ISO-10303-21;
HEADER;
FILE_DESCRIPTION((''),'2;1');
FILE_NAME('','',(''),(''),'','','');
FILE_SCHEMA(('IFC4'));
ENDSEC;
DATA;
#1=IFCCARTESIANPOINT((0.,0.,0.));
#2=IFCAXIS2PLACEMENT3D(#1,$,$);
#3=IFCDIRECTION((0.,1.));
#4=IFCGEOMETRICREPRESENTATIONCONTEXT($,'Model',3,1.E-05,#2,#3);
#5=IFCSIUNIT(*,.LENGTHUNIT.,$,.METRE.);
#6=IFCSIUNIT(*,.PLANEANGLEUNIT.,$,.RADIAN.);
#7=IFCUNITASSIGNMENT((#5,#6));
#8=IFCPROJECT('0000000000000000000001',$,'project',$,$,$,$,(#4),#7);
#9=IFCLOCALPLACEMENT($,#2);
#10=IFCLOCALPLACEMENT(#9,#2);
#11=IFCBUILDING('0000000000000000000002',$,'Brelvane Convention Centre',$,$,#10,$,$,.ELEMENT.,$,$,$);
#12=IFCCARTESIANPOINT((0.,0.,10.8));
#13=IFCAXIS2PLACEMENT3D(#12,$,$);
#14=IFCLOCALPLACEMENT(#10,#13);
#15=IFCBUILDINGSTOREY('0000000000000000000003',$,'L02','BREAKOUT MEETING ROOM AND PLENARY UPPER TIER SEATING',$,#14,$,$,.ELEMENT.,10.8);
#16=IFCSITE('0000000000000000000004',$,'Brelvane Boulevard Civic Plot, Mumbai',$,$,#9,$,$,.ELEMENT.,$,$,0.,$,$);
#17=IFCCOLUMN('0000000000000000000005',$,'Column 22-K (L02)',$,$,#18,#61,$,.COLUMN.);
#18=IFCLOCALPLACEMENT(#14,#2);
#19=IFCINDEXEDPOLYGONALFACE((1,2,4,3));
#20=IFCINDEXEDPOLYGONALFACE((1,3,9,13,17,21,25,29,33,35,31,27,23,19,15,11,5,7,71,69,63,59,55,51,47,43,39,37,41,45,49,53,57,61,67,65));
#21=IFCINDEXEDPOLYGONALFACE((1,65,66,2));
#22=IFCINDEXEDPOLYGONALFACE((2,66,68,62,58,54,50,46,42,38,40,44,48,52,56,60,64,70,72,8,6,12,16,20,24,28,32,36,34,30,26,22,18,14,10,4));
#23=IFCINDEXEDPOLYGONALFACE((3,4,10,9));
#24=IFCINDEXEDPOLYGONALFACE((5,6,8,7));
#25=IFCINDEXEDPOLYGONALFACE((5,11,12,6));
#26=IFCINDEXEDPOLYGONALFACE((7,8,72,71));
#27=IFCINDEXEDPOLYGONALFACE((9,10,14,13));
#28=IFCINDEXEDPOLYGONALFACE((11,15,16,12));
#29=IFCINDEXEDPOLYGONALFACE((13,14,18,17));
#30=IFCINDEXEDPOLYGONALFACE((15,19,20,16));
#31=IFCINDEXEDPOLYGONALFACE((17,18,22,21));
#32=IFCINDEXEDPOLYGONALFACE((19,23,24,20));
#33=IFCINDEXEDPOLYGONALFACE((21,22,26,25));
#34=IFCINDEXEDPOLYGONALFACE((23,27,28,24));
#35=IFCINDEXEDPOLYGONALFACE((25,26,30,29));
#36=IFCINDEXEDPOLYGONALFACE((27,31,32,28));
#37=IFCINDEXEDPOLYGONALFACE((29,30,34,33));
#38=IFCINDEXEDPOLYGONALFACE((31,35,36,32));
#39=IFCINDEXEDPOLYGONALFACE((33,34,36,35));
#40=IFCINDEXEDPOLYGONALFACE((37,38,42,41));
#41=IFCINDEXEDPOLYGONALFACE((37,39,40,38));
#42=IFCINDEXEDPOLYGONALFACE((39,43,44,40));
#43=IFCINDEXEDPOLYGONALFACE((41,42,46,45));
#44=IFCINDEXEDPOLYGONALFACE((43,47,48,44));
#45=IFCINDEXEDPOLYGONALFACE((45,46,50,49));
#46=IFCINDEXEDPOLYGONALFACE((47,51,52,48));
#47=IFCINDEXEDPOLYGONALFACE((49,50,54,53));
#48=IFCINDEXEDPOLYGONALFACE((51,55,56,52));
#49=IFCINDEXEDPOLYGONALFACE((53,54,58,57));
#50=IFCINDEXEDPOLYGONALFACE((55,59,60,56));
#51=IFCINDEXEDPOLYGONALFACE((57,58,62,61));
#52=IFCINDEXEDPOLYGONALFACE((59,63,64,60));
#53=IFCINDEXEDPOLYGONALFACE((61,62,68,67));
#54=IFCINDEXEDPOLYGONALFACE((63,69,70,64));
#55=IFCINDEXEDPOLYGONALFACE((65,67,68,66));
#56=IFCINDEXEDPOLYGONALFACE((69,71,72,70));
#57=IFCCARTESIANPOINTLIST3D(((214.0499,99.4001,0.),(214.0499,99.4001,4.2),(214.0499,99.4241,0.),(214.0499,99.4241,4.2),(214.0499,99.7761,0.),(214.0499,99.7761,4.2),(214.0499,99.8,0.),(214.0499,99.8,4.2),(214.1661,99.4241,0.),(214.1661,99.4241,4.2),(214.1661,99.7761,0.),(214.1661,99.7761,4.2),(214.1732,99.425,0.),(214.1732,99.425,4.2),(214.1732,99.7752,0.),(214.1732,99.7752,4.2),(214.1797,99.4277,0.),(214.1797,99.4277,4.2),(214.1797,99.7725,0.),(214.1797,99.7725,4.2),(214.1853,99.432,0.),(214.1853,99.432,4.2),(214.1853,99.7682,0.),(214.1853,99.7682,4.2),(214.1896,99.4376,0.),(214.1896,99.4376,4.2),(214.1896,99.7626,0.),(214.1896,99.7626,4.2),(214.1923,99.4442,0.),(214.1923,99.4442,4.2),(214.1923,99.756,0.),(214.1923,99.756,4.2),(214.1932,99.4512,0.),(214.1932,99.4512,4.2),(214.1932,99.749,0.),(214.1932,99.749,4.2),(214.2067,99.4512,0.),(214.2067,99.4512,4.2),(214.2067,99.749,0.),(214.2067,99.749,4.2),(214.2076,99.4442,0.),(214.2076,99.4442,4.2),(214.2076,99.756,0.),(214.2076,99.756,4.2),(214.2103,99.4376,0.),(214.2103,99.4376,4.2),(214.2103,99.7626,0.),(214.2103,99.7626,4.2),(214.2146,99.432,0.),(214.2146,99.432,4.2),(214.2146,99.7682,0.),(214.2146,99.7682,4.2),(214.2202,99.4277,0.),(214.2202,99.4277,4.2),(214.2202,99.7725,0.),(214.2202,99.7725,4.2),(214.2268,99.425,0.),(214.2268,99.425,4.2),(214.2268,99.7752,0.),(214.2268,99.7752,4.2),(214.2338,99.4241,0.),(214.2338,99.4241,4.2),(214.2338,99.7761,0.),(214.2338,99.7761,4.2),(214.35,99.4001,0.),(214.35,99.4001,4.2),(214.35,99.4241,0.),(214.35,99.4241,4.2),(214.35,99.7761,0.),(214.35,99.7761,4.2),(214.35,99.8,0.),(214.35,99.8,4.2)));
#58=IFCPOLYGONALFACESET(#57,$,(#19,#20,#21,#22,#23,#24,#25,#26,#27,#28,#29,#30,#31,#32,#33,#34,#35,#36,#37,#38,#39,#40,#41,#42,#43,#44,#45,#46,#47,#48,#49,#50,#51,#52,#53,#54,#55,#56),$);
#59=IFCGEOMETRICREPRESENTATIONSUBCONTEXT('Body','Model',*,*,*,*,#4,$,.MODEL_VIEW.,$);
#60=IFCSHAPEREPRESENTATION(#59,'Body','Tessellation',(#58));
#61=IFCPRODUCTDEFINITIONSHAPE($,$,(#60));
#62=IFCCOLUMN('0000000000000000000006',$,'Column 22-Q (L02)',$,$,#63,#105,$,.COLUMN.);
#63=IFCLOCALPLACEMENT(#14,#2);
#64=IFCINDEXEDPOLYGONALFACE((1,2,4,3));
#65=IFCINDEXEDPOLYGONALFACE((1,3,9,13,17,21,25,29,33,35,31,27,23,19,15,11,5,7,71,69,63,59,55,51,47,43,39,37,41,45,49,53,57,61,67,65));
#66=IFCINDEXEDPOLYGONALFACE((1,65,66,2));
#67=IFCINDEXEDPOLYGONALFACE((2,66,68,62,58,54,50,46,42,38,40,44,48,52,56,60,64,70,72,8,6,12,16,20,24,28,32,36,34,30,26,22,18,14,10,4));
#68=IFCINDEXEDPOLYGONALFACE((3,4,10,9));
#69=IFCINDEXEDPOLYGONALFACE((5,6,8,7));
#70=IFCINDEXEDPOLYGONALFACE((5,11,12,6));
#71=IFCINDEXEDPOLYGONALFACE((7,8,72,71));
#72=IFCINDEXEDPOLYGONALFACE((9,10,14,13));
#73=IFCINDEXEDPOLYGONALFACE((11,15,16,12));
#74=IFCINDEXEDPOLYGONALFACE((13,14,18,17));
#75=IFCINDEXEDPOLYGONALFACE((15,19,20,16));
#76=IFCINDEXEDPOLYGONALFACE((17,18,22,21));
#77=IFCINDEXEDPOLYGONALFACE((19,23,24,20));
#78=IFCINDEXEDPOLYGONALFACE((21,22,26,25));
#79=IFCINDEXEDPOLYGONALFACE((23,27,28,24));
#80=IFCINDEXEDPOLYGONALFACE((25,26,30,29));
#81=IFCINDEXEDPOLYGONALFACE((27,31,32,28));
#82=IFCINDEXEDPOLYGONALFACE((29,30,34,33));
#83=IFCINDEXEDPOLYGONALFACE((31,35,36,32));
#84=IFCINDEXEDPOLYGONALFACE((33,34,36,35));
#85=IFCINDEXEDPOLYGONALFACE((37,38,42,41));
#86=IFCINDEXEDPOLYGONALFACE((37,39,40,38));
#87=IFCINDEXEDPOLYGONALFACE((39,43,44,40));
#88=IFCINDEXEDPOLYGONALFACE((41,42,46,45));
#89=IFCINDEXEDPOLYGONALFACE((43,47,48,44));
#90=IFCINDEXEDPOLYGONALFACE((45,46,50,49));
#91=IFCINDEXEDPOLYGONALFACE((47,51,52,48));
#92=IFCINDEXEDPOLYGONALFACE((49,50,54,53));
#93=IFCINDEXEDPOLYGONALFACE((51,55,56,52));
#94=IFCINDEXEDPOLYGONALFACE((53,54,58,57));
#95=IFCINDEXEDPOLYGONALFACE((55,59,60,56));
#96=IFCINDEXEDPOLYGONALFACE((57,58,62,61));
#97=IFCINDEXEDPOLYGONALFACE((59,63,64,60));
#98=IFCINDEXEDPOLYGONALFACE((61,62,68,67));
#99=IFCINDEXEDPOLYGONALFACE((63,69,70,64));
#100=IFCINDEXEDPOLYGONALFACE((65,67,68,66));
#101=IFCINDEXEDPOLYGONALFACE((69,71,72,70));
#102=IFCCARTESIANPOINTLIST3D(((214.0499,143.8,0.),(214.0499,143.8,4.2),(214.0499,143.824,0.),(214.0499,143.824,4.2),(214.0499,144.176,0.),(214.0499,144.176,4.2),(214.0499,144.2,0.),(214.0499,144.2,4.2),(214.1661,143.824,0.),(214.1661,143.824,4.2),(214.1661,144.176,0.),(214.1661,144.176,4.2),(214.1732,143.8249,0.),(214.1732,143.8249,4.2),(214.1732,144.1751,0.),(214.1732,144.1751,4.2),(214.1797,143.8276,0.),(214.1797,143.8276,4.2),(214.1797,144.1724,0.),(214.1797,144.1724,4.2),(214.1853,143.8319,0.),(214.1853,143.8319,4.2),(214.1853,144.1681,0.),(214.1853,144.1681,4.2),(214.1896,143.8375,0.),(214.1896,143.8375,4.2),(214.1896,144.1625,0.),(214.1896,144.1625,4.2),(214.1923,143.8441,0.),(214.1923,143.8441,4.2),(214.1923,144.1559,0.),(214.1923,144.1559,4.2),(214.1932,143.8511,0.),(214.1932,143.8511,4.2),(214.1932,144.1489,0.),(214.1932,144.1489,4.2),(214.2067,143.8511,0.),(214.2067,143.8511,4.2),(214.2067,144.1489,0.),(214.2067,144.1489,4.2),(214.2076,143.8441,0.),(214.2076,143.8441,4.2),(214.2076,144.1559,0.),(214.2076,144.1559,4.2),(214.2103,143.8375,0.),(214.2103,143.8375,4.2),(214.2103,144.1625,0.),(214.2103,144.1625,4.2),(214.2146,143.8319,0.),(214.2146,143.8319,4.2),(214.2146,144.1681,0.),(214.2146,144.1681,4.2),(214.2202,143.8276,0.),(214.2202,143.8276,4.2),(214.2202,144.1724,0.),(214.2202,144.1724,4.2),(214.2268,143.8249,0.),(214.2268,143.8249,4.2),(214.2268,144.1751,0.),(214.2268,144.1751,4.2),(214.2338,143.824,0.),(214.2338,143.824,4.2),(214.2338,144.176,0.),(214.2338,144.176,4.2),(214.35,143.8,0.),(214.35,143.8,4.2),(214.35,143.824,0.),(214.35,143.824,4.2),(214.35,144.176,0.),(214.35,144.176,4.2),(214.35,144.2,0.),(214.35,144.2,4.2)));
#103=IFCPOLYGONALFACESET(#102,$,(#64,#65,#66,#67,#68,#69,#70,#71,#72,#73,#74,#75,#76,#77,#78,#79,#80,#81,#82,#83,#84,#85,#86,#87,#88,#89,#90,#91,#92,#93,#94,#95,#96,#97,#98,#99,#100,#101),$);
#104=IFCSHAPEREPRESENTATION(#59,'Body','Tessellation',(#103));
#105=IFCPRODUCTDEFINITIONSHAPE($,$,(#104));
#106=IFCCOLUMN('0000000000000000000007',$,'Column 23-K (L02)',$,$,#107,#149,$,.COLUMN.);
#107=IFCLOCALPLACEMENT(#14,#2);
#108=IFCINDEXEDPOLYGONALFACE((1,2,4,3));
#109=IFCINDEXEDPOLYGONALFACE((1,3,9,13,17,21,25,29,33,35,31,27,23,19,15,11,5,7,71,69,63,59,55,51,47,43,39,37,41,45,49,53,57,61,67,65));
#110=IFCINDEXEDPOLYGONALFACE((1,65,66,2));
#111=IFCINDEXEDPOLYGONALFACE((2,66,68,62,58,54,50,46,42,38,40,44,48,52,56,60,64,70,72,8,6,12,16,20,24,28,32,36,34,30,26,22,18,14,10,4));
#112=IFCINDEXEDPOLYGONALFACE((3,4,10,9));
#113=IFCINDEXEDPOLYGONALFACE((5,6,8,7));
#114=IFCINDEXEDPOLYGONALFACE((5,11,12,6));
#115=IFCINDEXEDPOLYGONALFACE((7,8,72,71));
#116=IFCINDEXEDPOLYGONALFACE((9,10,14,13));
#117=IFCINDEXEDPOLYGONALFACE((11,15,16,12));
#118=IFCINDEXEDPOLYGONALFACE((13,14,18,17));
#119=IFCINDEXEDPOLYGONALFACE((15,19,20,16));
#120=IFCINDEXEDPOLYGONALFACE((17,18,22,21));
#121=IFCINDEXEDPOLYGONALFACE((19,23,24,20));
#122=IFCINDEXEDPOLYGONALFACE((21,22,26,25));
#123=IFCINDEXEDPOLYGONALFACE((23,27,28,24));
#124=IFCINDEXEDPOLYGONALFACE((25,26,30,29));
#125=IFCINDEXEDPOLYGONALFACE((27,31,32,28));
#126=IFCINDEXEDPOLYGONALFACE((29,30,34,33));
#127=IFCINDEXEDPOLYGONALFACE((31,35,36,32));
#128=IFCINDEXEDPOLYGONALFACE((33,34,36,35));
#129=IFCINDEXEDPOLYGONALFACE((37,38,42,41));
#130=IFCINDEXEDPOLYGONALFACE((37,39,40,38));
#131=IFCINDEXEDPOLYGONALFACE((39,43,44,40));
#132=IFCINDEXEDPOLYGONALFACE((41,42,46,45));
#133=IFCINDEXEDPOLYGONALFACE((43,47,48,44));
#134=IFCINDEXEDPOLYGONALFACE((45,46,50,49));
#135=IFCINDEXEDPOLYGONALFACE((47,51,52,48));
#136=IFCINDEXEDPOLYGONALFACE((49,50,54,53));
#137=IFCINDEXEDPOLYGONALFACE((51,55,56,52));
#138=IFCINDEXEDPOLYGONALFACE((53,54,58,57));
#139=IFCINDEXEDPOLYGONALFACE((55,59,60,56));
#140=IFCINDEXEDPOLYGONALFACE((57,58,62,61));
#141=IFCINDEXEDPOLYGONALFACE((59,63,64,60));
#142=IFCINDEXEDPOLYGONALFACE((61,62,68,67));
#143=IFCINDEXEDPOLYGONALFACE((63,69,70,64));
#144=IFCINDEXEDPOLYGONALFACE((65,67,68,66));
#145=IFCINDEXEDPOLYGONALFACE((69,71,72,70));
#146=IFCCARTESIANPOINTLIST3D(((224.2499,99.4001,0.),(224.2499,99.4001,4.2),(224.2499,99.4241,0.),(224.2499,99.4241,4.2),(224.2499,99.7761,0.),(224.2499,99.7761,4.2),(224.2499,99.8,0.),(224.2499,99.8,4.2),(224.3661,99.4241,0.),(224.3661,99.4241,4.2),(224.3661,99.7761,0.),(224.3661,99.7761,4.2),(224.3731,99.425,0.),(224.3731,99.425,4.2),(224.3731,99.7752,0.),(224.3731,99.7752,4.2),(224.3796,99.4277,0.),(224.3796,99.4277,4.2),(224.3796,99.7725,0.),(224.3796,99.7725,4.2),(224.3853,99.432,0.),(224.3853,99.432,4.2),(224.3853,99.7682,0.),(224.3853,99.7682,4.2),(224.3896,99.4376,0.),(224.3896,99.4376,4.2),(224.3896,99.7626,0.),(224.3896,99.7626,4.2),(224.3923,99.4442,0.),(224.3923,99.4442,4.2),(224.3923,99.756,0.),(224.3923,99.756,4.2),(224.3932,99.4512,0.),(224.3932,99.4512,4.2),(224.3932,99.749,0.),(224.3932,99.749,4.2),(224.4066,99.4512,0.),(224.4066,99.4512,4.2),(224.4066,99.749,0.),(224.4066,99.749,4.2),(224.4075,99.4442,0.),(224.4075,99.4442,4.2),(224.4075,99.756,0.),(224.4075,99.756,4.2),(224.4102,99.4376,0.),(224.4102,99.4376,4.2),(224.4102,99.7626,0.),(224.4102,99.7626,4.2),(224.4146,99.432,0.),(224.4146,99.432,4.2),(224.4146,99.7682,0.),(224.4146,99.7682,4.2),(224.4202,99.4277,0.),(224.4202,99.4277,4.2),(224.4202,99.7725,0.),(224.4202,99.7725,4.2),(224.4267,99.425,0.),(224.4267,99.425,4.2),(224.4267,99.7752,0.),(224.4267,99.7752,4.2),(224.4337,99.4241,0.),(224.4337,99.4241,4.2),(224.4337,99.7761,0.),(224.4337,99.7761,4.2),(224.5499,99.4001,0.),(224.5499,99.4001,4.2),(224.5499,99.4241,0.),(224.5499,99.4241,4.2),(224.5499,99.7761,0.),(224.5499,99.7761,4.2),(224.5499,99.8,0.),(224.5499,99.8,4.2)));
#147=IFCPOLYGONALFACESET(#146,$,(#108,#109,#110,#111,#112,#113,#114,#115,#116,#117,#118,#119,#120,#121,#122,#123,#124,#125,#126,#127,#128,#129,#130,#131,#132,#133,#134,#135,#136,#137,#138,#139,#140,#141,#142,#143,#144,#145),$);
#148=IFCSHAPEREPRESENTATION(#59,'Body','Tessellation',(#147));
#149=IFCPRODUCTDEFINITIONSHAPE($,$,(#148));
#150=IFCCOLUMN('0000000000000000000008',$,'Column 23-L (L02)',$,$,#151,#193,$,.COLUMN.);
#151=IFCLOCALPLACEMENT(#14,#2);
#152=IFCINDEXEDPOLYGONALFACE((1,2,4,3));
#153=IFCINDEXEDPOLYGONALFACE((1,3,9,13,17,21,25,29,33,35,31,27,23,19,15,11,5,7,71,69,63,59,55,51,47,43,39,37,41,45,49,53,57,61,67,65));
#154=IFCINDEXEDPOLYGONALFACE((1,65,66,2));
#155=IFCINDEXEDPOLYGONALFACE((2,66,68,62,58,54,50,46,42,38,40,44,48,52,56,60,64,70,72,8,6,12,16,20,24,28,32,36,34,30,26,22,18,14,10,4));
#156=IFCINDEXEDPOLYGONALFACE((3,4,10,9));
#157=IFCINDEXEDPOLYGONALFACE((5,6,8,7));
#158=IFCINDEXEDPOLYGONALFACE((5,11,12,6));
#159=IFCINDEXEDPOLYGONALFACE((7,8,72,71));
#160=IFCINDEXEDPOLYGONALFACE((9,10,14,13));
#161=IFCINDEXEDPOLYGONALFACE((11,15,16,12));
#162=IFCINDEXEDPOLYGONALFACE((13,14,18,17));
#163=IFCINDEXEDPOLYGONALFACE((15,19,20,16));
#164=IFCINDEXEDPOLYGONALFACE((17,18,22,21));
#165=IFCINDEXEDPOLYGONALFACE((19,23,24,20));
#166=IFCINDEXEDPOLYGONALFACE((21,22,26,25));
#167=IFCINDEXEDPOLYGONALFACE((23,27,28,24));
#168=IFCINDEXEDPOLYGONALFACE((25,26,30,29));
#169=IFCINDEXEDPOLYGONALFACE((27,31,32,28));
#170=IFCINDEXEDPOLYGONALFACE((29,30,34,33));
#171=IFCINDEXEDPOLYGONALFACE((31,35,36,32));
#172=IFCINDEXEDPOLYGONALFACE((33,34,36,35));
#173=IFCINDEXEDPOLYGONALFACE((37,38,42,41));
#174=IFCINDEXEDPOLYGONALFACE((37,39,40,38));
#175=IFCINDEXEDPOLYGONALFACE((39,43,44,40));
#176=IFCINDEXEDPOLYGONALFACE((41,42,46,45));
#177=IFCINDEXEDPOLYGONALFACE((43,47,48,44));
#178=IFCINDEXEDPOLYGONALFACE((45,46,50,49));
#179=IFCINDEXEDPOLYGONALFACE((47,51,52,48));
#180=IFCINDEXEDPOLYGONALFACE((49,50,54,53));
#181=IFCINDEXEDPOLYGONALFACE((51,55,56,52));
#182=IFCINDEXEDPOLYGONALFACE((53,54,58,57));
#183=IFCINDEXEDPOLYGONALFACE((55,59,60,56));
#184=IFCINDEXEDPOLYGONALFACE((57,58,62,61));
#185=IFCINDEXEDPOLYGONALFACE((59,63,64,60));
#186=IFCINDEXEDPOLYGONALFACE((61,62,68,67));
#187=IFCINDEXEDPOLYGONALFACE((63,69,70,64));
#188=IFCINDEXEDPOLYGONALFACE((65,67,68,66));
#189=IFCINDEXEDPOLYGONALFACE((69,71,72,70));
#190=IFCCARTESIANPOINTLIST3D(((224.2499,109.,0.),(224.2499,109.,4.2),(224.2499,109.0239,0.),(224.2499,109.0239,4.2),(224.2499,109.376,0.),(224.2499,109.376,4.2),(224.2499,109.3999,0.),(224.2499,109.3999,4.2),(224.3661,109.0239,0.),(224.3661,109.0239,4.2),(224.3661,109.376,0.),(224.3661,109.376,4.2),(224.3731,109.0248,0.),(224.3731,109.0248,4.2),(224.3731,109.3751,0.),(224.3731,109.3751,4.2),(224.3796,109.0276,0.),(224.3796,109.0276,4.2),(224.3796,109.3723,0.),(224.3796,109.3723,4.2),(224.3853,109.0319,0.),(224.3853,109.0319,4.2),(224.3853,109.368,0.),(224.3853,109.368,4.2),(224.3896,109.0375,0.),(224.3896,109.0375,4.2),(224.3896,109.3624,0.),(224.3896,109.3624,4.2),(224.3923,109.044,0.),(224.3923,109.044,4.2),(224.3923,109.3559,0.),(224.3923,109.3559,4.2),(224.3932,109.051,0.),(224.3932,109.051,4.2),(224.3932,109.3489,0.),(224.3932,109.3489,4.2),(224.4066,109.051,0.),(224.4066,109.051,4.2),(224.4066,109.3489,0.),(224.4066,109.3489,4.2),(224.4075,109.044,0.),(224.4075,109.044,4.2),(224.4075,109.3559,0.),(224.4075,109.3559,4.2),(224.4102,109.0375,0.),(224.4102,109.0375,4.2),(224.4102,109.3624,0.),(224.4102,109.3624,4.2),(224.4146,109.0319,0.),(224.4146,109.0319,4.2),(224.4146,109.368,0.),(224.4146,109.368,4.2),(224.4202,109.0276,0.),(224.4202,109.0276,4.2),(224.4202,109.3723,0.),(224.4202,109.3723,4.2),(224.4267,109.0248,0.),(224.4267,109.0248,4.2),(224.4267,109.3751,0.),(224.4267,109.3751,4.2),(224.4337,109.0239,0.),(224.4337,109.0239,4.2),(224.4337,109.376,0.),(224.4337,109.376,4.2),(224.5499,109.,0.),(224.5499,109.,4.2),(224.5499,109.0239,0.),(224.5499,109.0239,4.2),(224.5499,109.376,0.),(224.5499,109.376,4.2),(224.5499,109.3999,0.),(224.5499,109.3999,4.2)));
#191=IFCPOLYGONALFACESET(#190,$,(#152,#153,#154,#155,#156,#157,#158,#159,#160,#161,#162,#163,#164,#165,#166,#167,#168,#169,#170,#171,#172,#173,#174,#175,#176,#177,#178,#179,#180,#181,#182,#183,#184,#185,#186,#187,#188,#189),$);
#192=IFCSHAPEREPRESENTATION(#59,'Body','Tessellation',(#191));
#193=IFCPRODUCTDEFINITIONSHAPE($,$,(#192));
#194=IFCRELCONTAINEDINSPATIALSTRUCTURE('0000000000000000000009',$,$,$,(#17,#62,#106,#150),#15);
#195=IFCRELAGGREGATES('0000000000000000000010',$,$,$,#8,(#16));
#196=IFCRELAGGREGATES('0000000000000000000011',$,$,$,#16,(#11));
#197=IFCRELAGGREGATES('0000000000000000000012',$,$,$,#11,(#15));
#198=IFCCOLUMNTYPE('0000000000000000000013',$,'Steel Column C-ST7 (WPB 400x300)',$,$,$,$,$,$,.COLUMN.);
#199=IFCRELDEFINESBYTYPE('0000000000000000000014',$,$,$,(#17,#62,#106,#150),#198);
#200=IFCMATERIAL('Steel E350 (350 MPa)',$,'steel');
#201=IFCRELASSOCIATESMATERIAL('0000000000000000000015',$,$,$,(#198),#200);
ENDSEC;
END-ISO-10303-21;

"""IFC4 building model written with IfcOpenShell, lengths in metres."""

from ifc_helpers import new_model, si_unit, direction, frame, origin, origin_2d, place, context, subcontext, project, spatial, i_section, extrude, material, material_profile, profile_set, type_object, element, save


model = new_model("IFC4")

# Units and contexts
model_context = context("Model", 3, precision=1e-05, world=origin(), true_north=direction((0.0, 1.0)))
body_context = subcontext(model_context, "Body", "Model", "MODEL_VIEW")
ifc_project = project(units=[si_unit("LENGTHUNIT", "METRE"), si_unit("PLANEANGLEUNIT", "RADIAN")], contexts=[model_context])

# Site, building, storey
site_placement = place(None, origin())
site = spatial("IfcSite", under=ifc_project, at=site_placement, Name="Brelvane Boulevard Civic Plot, Mumbai", CompositionType="ELEMENT", RefElevation=0.0)
building_placement = place(site_placement, origin())
building = spatial("IfcBuilding", under=site, at=building_placement, Name="Brelvane Convention Centre", CompositionType="ELEMENT")
storey_placement = place(building_placement, frame((0.0, 0.0, 10.8)))
storey = spatial("IfcBuildingStorey", under=building, at=storey_placement, Name="L02", Description="BREAKOUT MEETING ROOM AND PLENARY UPPER TIER SEATING", CompositionType="ELEMENT", Elevation=10.8)

# Columns
ifc_material_1 = material(Name="Steel E350 (350 MPa)", Category="steel")
ifc_material_profile_1 = material_profile(ifc_material_1, i_section(OverallWidth=0.3, OverallDepth=0.3999, WebThickness=0.0134, FlangeThickness=0.0239, FilletRadius=0.0271, at=origin_2d()), Name="WPB 400x300")
ifc_profile_set_1 = profile_set([ifc_material_profile_1], Name="Steel E350 (350 MPa)")
column_type = type_object("IfcColumnType", Name="Steel Column C-ST7 (WPB 400x300)", PredefinedType="COLUMN", material=ifc_profile_set_1)
for number, where, z_axis, x_axis, name in (
    (1, (214.2, 99.6001, 0.0), (0.0, 0.0, 1.0), (1.0, 0.0, 0.0), "Column 22-K (L02)"),
    (2, (214.2, 144.0, 0.0), (0.0, 0.0, 1.0), (1.0, 0.0, 0.0), "Column 22-Q (L02)"),
    (3, (224.3999, 99.6001, 0.0), (0.0, 0.0, 1.0), (1.0, 0.0, 0.0), "Column 23-K (L02)"),
    (4, (224.3999, 109.2, 0.0), (0.0, 0.0, 1.0), (1.0, 0.0, 0.0), "Column 23-L (L02)"),
):
    element("IfcColumn", number, at=place(storey_placement, frame(where, z_axis=z_axis, x_axis=x_axis)), inside=storey, type_object=column_type, Name=name, PredefinedType="COLUMN", context=body_context, shape_type="SweptSolid", body=[
        extrude(i_section(OverallWidth=0.3, OverallDepth=0.3999, WebThickness=0.0134, FlangeThickness=0.0239, FilletRadius=0.0271, at=origin_2d()), origin(), (0.0, 0.0, 1.0), 4.2),
    ])

save(model, "model.ifc")
